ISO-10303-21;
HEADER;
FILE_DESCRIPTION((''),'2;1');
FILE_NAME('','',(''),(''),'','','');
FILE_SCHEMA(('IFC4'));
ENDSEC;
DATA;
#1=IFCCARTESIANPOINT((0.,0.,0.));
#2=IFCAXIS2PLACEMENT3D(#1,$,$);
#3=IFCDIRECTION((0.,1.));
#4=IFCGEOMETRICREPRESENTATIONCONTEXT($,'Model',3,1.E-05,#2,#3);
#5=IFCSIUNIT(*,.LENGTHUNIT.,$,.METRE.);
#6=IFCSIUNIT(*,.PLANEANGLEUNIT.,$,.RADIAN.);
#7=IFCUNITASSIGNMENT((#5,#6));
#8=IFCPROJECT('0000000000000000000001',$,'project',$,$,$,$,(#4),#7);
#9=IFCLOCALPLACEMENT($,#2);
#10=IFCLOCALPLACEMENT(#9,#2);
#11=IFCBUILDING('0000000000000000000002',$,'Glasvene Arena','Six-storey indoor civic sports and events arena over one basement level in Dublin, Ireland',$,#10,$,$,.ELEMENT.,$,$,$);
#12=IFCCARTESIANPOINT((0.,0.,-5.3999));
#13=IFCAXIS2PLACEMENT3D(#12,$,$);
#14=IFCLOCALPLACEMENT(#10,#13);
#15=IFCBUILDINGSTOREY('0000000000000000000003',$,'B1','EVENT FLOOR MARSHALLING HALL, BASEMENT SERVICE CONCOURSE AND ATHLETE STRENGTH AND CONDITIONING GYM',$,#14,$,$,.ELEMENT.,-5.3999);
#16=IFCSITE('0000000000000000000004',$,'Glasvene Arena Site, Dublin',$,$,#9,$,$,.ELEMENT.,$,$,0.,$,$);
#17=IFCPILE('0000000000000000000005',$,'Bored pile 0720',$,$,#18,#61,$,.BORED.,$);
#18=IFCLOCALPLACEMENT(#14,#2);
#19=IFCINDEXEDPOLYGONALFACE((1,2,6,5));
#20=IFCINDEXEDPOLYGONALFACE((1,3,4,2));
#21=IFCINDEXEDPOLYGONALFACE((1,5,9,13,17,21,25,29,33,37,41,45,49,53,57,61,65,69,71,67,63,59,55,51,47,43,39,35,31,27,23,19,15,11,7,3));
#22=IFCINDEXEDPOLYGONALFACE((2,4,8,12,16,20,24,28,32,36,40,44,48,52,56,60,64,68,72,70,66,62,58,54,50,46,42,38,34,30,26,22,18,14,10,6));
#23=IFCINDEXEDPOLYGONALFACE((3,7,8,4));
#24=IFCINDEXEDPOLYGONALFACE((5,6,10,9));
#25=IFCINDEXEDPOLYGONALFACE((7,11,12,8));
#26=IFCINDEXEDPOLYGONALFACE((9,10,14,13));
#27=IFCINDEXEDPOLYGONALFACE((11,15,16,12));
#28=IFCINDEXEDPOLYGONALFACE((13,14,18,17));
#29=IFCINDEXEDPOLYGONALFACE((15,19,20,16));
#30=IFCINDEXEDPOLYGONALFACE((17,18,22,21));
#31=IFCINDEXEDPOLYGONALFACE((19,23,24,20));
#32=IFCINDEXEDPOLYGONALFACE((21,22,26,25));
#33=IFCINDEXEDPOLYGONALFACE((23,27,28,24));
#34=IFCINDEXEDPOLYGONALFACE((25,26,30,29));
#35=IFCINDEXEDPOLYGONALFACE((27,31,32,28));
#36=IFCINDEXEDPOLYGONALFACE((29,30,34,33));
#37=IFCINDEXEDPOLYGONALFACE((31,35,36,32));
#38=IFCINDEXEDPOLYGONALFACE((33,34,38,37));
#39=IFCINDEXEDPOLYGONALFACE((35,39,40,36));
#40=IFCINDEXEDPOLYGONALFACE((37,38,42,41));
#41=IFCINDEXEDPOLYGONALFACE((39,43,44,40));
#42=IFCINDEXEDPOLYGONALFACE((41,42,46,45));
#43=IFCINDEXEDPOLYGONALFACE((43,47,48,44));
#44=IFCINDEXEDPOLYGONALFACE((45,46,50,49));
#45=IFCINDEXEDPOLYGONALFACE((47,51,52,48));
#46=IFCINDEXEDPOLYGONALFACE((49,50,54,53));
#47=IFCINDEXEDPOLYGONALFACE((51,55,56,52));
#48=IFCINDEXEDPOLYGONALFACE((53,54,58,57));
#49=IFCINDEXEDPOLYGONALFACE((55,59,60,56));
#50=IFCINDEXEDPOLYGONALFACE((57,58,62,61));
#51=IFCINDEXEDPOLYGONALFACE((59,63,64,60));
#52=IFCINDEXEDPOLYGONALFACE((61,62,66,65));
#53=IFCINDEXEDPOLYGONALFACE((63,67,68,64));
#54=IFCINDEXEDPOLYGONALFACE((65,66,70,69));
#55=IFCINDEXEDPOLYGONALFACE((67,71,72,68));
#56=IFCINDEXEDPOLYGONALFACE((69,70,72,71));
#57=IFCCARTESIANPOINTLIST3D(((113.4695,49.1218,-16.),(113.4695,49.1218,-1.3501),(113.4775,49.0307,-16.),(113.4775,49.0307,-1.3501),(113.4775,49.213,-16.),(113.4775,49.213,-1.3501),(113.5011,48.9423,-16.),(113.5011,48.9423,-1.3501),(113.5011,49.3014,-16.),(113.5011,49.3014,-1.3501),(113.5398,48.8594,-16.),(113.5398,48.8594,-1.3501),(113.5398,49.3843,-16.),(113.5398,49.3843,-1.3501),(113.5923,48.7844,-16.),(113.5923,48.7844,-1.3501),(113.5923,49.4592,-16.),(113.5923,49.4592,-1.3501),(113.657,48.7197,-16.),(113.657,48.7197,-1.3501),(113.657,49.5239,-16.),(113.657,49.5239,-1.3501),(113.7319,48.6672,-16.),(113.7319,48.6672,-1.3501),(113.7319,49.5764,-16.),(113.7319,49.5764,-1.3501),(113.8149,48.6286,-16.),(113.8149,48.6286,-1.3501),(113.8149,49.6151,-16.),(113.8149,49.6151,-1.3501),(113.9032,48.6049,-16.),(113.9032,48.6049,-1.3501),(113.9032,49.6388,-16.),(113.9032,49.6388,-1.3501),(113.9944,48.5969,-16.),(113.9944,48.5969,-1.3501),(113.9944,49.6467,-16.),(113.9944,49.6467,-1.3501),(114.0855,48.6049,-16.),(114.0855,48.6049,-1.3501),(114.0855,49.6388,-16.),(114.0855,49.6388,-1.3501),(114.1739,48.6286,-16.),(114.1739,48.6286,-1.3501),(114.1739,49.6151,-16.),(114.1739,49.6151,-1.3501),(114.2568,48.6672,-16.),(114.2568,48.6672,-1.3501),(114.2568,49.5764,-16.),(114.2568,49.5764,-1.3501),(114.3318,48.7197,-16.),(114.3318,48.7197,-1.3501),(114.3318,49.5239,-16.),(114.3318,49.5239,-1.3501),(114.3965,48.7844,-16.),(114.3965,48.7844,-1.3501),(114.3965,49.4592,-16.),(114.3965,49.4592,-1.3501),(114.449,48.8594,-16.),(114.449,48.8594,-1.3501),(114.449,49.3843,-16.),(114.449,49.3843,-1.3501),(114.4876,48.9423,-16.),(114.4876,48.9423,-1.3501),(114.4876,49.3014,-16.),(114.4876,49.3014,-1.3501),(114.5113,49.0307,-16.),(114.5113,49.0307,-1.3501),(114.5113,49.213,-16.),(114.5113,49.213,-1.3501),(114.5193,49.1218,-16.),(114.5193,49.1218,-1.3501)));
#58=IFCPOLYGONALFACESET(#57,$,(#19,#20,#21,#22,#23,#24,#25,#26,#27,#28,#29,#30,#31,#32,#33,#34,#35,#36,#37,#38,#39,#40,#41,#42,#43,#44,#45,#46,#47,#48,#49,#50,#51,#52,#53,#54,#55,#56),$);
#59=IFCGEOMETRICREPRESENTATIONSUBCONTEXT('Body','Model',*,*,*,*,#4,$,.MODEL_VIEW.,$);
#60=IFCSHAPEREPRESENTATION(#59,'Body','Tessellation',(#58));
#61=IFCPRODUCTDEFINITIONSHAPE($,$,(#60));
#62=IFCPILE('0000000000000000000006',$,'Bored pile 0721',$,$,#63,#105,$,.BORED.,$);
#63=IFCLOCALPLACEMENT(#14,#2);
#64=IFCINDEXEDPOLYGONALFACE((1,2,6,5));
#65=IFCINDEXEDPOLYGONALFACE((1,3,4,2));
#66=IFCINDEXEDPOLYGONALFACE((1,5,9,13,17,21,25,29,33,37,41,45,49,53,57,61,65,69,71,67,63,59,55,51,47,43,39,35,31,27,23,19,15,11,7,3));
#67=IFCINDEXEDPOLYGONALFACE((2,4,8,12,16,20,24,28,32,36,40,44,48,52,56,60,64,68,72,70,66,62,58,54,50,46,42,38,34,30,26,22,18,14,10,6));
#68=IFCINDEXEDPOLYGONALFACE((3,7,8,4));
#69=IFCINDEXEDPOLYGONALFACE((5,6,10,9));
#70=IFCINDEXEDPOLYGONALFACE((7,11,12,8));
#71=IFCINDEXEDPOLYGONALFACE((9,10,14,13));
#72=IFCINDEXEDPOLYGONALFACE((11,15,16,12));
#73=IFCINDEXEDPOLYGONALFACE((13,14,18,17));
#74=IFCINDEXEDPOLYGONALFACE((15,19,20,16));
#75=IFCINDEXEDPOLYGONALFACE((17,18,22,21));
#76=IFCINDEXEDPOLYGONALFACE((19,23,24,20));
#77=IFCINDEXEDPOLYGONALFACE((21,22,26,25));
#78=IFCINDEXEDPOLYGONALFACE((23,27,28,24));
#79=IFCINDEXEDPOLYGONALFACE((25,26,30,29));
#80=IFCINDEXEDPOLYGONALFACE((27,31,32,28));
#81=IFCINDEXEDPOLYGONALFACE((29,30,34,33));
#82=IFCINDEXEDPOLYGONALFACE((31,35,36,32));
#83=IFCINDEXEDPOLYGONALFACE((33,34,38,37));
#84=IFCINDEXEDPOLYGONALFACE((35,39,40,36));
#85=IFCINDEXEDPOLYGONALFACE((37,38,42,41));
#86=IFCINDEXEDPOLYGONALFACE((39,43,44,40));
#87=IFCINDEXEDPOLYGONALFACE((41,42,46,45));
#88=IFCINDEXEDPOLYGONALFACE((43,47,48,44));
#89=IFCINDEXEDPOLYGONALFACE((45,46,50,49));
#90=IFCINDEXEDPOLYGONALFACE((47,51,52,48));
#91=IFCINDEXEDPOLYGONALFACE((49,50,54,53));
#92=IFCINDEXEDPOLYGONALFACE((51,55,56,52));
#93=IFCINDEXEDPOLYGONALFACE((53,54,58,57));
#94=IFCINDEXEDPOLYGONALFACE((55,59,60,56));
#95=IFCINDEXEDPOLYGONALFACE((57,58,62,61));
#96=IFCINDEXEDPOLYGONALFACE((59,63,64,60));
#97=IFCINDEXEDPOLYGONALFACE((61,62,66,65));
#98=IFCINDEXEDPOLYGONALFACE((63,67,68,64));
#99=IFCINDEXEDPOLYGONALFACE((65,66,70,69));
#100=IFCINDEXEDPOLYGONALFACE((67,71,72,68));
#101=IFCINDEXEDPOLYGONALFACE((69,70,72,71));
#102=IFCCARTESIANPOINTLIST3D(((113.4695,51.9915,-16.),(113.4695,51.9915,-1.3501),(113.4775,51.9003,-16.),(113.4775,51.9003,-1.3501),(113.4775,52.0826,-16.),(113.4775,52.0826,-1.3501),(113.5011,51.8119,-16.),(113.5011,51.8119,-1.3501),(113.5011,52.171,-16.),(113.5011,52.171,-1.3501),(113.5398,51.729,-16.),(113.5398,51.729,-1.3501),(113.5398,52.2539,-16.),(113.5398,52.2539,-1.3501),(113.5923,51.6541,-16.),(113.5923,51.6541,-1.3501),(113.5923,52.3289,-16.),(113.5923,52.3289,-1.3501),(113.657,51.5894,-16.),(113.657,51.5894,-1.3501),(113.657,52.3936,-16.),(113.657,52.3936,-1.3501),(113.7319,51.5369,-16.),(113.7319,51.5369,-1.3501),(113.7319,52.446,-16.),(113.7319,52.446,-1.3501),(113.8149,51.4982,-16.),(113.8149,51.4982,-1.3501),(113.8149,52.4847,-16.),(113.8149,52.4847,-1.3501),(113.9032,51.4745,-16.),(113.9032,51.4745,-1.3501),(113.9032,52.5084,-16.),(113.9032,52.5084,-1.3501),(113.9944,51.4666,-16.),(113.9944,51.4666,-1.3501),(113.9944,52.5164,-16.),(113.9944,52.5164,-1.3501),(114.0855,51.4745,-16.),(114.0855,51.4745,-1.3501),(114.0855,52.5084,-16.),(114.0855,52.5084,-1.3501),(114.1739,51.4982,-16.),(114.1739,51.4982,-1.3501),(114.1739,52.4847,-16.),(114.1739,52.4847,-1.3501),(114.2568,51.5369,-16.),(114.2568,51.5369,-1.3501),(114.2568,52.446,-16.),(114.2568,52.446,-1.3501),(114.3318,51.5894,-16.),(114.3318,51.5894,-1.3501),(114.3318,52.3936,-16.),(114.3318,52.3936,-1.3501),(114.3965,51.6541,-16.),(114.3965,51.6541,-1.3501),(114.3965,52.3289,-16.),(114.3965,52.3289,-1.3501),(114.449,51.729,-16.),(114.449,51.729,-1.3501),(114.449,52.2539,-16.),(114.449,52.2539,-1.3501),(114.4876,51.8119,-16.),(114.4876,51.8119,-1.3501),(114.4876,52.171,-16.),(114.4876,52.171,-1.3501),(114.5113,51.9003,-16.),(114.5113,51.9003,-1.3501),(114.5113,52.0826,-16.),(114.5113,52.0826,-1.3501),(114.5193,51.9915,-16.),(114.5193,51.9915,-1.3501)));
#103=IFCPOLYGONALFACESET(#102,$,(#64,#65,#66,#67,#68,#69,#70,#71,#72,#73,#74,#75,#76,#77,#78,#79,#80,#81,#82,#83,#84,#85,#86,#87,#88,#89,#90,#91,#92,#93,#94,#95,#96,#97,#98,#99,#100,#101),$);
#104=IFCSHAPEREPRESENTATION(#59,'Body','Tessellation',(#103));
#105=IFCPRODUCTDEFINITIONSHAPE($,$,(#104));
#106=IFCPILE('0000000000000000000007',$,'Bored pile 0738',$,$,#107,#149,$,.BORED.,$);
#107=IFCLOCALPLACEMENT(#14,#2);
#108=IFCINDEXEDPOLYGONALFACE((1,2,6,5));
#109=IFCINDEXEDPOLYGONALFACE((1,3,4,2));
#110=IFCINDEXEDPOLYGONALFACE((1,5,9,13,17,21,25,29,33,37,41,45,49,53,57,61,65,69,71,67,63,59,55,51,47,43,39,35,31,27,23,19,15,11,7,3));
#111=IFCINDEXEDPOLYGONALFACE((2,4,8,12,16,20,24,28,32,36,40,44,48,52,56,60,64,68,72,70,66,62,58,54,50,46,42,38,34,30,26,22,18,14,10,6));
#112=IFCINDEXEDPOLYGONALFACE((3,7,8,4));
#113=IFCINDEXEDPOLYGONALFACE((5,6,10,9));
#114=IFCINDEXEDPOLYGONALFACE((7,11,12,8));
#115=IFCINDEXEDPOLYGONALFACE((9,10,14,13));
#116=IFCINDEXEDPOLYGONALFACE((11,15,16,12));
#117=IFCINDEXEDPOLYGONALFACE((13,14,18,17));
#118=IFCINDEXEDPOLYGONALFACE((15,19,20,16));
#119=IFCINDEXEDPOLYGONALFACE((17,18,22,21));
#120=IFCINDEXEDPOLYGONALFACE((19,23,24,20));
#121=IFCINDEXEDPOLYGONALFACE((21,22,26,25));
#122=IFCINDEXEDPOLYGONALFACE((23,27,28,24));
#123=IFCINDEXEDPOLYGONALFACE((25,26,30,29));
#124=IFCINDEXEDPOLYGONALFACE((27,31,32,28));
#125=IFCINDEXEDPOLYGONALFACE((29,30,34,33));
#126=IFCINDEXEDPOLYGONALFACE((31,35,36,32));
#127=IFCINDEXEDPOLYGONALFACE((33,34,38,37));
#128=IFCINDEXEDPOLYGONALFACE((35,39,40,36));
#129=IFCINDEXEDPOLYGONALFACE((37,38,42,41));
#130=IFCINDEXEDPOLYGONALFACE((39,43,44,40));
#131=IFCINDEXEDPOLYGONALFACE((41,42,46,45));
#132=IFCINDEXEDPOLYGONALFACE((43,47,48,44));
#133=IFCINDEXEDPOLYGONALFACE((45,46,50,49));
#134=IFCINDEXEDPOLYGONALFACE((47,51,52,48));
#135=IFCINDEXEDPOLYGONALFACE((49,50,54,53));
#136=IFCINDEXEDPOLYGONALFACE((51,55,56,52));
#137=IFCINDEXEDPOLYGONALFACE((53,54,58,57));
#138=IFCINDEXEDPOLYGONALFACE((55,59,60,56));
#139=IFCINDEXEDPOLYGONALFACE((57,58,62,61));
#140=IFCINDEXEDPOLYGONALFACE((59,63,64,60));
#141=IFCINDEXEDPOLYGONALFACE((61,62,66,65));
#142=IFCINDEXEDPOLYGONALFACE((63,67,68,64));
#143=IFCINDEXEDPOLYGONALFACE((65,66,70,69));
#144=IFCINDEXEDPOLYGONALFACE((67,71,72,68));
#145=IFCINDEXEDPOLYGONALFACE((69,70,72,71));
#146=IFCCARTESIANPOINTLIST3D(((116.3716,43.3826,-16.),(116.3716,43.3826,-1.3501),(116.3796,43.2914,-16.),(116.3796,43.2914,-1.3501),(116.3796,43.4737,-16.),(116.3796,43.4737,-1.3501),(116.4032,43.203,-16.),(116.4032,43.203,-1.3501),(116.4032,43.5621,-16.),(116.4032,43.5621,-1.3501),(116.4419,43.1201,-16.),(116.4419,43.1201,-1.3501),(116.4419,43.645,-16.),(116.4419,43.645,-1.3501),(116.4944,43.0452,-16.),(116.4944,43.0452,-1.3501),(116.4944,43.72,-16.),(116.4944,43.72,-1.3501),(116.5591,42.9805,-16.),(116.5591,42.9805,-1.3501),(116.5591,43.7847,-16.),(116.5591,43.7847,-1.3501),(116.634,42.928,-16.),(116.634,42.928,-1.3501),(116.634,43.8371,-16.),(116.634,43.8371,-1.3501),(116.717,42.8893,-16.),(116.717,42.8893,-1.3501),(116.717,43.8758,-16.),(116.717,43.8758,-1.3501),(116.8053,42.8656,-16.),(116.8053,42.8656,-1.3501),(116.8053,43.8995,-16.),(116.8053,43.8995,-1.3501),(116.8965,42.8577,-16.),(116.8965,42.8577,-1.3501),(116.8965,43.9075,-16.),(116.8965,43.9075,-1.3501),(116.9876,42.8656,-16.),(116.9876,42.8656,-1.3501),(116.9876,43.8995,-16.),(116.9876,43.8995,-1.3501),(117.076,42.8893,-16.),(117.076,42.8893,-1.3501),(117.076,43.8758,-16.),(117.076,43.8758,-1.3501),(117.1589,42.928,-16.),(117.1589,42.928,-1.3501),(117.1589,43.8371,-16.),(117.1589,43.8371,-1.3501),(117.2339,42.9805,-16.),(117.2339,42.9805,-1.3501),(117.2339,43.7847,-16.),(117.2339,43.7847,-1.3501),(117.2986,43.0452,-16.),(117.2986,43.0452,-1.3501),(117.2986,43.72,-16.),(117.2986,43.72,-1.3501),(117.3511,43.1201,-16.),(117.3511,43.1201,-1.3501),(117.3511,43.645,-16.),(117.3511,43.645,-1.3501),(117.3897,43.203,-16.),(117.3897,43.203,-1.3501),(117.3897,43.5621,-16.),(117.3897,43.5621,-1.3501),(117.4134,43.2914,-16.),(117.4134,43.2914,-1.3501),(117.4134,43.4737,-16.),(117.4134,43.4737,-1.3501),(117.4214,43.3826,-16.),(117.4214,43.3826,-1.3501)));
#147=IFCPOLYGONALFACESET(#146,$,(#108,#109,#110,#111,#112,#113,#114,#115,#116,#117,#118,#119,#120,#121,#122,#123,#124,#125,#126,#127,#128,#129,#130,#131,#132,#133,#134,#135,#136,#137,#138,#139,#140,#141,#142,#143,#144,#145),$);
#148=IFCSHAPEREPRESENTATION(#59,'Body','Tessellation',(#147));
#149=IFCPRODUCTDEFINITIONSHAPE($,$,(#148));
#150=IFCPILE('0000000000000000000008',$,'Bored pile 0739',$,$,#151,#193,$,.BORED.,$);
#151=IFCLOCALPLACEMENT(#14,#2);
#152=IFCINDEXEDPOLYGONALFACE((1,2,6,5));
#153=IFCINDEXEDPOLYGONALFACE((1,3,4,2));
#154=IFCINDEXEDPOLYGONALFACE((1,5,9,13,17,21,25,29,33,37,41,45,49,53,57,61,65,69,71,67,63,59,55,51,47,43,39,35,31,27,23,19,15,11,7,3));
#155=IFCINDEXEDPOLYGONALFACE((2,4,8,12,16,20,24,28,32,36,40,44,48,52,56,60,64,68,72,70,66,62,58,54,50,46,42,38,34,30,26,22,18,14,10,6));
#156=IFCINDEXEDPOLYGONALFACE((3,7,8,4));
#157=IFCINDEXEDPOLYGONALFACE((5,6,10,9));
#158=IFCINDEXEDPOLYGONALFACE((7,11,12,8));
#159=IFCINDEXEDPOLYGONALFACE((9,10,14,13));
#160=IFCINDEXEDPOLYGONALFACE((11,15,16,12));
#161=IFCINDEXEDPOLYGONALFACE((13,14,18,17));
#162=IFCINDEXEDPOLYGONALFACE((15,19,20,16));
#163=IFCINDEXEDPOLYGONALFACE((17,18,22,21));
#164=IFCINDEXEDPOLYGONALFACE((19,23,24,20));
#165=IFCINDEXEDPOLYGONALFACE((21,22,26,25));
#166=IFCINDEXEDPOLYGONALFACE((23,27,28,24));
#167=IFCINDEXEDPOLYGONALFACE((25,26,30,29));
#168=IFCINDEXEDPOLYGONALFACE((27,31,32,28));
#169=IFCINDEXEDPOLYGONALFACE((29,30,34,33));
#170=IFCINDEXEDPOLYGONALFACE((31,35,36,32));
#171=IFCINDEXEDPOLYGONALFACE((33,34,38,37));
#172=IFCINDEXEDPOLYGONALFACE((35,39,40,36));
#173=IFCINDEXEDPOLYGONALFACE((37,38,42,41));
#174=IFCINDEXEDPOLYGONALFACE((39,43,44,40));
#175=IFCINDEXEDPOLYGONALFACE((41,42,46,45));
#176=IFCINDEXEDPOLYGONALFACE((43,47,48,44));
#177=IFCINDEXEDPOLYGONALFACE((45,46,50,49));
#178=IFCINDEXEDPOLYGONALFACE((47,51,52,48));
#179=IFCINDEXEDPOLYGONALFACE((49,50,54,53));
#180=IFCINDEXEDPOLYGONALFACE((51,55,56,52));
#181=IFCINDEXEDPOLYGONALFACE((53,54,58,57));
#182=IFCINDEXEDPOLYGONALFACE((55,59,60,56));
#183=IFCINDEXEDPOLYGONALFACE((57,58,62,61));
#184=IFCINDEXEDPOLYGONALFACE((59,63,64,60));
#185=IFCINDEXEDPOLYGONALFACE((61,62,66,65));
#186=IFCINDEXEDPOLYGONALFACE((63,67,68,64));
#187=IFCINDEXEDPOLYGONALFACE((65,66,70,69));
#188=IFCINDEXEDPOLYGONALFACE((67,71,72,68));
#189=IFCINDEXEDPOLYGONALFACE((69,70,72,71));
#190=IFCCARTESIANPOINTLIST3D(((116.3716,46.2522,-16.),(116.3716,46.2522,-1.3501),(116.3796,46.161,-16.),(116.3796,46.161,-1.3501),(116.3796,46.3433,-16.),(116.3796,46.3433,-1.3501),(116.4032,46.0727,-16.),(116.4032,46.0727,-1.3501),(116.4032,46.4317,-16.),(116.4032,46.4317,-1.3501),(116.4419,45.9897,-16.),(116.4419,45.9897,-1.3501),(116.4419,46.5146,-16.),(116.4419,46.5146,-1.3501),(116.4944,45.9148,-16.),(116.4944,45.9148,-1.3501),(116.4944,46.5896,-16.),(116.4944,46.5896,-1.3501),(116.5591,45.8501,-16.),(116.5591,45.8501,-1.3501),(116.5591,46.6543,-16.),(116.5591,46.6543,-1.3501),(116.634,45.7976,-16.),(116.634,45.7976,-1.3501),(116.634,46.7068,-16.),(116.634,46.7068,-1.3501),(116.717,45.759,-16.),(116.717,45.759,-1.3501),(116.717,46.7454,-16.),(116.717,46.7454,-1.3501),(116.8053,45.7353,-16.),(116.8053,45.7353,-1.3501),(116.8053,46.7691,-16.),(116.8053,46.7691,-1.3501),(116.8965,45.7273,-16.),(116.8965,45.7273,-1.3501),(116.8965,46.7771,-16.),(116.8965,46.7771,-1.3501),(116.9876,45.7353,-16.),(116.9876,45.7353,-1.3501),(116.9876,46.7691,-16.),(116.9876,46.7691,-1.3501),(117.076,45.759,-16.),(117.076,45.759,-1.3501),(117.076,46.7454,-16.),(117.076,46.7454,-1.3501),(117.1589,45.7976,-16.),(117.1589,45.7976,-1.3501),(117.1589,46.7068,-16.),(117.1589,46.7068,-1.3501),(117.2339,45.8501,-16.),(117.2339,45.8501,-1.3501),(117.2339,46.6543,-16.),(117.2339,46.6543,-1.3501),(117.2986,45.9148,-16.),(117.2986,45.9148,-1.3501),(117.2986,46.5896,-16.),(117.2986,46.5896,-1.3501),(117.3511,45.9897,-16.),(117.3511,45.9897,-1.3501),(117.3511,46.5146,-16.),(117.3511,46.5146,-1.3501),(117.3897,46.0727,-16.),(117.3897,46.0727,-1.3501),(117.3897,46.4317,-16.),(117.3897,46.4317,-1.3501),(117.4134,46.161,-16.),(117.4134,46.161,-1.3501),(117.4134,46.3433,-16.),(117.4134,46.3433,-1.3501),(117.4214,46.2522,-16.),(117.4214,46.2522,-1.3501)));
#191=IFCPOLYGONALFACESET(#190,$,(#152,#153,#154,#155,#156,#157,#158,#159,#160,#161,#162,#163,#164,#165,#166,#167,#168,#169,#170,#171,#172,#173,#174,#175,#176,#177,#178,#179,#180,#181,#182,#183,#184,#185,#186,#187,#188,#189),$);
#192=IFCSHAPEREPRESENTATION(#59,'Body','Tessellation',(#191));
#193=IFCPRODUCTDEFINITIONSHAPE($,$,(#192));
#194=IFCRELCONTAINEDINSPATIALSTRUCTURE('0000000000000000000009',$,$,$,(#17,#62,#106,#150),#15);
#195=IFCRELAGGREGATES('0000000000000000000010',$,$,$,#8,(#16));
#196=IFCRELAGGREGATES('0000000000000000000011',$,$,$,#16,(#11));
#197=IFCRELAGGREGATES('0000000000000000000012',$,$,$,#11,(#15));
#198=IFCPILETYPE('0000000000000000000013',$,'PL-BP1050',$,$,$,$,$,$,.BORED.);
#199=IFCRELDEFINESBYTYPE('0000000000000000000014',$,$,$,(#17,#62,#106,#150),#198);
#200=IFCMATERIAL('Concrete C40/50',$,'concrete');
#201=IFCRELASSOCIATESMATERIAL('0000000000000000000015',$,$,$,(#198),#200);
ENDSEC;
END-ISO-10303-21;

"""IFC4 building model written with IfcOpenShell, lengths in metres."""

from ifc_helpers import new_model, si_unit, direction, frame, origin, origin_2d, place, context, subcontext, project, spatial, circle, extrude, material, material_profile, profile_set, type_object, element, save


model = new_model("IFC4")

# Units and contexts
model_context = context("Model", 3, precision=1e-05, world=origin(), true_north=direction((0.0, 1.0)))
body_context = subcontext(model_context, "Body", "Model", "MODEL_VIEW")
ifc_project = project(units=[si_unit("LENGTHUNIT", "METRE"), si_unit("PLANEANGLEUNIT", "RADIAN")], contexts=[model_context])

# Site, building, storey
site_placement = place(None, origin())
site = spatial("IfcSite", under=ifc_project, at=site_placement, Name="Glasvene Arena Site, Dublin", CompositionType="ELEMENT", RefElevation=0.0)
building_placement = place(site_placement, origin())
building = spatial("IfcBuilding", under=site, at=building_placement, Name="Glasvene Arena", Description="Six-storey indoor civic sports and events arena over one basement level in Dublin, Ireland", CompositionType="ELEMENT")
storey_placement = place(building_placement, frame((0.0, 0.0, -5.3999)))
storey = spatial("IfcBuildingStorey", under=building, at=storey_placement, Name="B1", Description="EVENT FLOOR MARSHALLING HALL, BASEMENT SERVICE CONCOURSE AND ATHLETE STRENGTH AND CONDITIONING GYM", CompositionType="ELEMENT", Elevation=-5.3999)

# Piles
ifc_material_1 = material(Name="Concrete C40/50", Category="concrete")
ifc_material_profile_1 = material_profile(ifc_material_1, circle(Radius=0.5249, at=origin_2d()), Name="BORED PILE 1050")
ifc_profile_set_1 = profile_set([ifc_material_profile_1], Name="Concrete C40/50")
pile_type = type_object("IfcPileType", Name="PL-BP1050", PredefinedType="BORED", material=ifc_profile_set_1)
for number, where, z_axis, x_axis, name in (
    (1, (113.9944, 49.1218, -1.3501), (0.0, 0.0, -1.0), (1.0, 0.0, 0.0), "Bored pile 0720"),
    (2, (113.9944, 51.9915, -1.3501), (0.0, 0.0, -1.0), (1.0, 0.0, 0.0), "Bored pile 0721"),
    (3, (116.8965, 43.3826, -1.3501), (0.0, 0.0, -1.0), (1.0, 0.0, 0.0), "Bored pile 0738"),
    (4, (116.8965, 46.2522, -1.3501), (0.0, 0.0, -1.0), (1.0, 0.0, 0.0), "Bored pile 0739"),
):
    element("IfcPile", number, at=place(storey_placement, frame(where, z_axis=z_axis, x_axis=x_axis)), inside=storey, type_object=pile_type, Name=name, PredefinedType="BORED", context=body_context, shape_type="SweptSolid", body=[
        extrude(circle(Radius=0.5249, at=origin_2d()), origin(), (0.0, 0.0, 1.0), 14.6499),
    ])

save(model, "model.ifc")
